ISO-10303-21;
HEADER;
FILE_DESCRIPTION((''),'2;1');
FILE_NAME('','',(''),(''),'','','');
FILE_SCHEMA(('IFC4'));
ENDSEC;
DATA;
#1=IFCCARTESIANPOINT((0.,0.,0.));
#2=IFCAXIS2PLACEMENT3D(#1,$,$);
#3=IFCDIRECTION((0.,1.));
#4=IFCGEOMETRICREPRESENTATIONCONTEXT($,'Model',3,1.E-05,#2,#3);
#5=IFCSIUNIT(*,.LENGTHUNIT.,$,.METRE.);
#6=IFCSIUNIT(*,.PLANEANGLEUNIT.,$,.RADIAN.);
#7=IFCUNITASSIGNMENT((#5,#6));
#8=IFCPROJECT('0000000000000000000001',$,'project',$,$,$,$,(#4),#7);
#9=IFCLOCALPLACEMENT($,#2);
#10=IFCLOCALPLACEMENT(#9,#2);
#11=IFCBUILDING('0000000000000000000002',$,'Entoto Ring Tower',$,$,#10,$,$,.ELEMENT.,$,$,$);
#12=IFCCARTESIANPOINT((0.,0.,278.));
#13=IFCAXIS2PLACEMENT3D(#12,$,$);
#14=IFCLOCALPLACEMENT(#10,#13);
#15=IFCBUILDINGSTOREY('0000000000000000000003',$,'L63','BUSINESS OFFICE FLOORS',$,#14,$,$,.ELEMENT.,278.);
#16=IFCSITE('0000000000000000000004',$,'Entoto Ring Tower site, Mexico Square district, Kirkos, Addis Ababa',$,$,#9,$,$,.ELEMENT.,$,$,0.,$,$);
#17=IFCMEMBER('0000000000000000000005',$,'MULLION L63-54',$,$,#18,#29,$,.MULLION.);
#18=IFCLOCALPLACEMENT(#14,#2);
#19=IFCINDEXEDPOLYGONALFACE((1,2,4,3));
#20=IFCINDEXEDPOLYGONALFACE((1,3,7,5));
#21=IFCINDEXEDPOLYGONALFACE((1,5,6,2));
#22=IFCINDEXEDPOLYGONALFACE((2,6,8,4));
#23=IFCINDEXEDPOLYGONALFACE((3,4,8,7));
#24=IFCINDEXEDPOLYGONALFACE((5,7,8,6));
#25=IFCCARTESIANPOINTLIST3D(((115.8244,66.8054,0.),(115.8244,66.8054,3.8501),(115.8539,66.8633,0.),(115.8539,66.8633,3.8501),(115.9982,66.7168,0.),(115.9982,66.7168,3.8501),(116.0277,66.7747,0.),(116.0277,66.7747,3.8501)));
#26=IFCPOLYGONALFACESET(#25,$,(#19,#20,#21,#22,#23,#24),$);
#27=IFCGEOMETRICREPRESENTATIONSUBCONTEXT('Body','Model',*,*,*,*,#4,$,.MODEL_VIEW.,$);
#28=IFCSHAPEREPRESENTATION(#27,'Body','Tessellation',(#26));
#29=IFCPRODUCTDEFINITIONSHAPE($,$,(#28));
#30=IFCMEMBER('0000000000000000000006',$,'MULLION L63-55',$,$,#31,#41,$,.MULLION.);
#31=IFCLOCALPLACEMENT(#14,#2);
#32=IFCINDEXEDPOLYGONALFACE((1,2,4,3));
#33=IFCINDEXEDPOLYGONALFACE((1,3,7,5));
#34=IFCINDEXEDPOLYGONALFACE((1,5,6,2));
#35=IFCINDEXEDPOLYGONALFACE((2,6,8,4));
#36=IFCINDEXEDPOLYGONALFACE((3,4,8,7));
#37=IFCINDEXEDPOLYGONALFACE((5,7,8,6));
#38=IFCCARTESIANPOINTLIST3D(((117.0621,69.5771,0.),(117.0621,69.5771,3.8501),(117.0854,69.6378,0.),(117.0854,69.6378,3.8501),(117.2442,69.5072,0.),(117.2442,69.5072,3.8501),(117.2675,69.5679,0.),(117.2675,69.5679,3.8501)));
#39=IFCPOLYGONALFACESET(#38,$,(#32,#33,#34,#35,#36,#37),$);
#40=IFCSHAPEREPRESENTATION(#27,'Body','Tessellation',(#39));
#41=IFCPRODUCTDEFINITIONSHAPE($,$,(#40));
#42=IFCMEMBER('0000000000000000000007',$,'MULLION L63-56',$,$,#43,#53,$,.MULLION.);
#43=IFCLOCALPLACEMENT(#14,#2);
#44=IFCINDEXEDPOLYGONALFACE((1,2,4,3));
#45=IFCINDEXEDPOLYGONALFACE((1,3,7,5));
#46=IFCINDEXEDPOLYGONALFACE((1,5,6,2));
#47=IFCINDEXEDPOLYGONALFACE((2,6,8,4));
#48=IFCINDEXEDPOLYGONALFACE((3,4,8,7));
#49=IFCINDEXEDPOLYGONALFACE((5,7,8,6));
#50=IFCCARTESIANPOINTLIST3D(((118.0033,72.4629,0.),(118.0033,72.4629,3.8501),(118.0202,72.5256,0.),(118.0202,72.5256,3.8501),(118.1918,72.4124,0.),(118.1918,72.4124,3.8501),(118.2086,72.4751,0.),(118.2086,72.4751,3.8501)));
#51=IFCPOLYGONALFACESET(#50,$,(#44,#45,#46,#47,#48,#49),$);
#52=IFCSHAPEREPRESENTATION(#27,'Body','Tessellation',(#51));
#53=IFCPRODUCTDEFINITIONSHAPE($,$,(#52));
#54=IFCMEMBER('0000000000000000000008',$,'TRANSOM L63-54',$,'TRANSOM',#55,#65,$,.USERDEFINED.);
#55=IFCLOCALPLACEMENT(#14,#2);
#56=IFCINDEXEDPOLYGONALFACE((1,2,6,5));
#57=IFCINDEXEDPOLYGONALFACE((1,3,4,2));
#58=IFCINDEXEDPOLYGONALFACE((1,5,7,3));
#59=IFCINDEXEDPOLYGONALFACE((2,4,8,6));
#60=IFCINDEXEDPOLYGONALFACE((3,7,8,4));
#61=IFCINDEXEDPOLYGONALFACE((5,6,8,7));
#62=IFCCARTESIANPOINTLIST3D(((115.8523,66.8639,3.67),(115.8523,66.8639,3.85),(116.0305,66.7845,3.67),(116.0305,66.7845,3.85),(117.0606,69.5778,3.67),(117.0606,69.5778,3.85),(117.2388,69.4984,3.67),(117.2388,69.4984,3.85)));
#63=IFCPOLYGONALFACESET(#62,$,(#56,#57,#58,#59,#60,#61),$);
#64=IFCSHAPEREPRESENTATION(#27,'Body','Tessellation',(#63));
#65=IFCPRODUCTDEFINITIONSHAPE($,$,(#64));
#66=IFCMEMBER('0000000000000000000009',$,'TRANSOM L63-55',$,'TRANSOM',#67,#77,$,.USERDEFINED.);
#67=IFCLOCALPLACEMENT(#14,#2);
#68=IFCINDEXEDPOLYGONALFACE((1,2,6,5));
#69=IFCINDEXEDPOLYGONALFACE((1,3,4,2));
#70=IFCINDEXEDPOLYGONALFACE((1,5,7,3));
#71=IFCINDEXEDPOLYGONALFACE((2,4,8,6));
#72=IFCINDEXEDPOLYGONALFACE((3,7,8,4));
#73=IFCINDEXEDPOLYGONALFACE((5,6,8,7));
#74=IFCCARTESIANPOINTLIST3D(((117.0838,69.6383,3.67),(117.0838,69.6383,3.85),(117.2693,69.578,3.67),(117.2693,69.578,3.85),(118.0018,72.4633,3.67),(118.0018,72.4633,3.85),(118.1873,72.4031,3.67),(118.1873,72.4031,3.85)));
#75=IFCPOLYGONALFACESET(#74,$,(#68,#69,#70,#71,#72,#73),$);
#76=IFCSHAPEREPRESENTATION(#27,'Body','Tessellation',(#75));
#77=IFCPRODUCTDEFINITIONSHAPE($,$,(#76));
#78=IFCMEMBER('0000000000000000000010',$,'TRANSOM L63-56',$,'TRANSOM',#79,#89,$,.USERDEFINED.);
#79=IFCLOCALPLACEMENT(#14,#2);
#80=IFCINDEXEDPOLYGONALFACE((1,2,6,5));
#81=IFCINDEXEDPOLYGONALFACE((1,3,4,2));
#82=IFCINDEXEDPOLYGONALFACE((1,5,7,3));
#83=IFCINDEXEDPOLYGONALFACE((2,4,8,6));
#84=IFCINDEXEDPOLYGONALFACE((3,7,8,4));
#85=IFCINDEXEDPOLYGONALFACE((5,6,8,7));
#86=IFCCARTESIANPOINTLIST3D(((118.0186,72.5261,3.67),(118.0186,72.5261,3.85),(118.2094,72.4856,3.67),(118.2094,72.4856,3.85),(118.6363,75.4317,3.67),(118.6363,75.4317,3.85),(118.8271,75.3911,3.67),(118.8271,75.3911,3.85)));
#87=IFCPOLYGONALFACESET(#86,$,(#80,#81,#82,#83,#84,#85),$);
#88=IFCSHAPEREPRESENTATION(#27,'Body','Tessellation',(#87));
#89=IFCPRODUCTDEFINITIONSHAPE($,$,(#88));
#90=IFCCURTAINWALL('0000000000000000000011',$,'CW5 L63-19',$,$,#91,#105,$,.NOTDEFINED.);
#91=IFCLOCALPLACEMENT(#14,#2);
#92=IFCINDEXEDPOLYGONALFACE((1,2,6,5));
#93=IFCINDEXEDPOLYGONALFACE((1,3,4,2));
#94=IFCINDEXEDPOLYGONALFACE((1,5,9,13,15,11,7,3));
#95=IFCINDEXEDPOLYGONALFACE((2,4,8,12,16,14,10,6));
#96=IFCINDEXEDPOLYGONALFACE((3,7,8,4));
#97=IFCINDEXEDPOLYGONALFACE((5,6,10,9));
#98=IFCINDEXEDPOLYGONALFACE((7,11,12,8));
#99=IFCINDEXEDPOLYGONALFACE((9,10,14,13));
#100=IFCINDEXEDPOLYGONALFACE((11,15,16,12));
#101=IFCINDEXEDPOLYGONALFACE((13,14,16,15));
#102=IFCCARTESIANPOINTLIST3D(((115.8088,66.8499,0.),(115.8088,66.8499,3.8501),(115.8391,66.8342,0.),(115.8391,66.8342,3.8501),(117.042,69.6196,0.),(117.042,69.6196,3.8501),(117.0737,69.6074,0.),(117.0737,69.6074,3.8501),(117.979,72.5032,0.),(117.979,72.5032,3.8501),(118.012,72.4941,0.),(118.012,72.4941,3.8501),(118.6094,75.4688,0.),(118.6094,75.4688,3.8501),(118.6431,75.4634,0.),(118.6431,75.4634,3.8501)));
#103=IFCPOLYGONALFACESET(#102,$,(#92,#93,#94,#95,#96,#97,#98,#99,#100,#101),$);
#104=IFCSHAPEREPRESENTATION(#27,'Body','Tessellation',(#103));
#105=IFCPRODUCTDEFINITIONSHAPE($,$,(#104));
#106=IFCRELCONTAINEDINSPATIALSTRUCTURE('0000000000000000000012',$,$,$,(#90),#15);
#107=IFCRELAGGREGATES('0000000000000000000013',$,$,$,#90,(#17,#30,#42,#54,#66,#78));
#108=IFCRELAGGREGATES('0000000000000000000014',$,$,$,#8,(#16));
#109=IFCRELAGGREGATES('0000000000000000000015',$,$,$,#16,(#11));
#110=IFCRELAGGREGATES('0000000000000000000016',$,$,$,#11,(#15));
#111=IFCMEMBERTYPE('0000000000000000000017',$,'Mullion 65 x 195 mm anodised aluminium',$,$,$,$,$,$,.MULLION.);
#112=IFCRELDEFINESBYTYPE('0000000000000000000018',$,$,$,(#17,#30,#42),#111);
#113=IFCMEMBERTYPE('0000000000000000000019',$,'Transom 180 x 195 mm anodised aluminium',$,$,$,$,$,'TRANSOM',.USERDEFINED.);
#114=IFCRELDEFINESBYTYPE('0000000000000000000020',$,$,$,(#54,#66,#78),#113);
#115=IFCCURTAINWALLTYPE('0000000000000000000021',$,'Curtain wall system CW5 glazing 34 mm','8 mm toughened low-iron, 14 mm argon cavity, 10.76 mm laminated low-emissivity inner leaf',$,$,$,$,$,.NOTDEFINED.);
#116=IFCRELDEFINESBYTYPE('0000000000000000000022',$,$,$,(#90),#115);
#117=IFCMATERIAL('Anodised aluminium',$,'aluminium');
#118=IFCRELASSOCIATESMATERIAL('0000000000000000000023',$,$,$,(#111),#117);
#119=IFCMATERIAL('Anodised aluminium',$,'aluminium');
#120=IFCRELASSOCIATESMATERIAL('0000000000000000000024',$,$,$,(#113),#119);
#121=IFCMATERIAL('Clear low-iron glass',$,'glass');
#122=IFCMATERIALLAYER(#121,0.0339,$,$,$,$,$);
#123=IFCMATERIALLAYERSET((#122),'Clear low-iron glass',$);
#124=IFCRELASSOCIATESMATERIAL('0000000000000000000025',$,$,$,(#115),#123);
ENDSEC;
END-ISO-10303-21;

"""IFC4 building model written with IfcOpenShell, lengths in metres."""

from ifc_helpers import new_model, si_unit, direction, frame, origin, origin_2d, place, context, subcontext, project, spatial, polyline, rectangle, outline, extrude, material, layer, layer_set, material_profile, profile_set, type_object, element, aggregate, save


model = new_model("IFC4")

# Units and contexts
model_context = context("Model", 3, precision=1e-05, world=origin(), true_north=direction((0.0, 1.0)))
body_context = subcontext(model_context, "Body", "Model", "MODEL_VIEW")
ifc_project = project(units=[si_unit("LENGTHUNIT", "METRE"), si_unit("PLANEANGLEUNIT", "RADIAN")], contexts=[model_context])

# Members
ifc_material_1 = material(Name="Anodised aluminium", Category="aluminium")
ifc_material_profile_1 = material_profile(ifc_material_1, rectangle(XDim=0.0649, YDim=0.1951, at=origin_2d()), Name="Mullion 65 x 195 mm anodised aluminium")
ifc_profile_set_1 = profile_set([ifc_material_profile_1], Name="Anodised aluminium")
member_type_1 = type_object("IfcMemberType", Name="Mullion 65 x 195 mm anodised aluminium", PredefinedType="MULLION", material=ifc_profile_set_1)
site_placement = place(None, origin())
building_placement = place(site_placement, origin())
storey_placement = place(building_placement, frame((0.0, 0.0, 278.0)))
member_1_placement = place(storey_placement, frame((115.926, 66.79, 0.0), z_axis=(0.0, 0.0, 1.0), x_axis=(0.45399, 0.891007, 0.0)))
member_1 = element("IfcMember", 1, at=member_1_placement, type_object=member_type_1, Name="MULLION L63-54", PredefinedType="MULLION", context=body_context, shape_type="SweptSolid", body=[
    extrude(rectangle(XDim=0.0649, YDim=0.1951, at=origin_2d()), origin(), (0.0, 0.0, 1.0), 3.8501),
])
member_2_placement = place(storey_placement, frame((117.1648, 69.5725, 0.0), z_axis=(0.0, 0.0, 1.0), x_axis=(0.358368, 0.93358, 0.0)))
member_2 = element("IfcMember", 2, at=member_2_placement, type_object=member_type_1, Name="MULLION L63-55", PredefinedType="MULLION", context=body_context, shape_type="SweptSolid", body=[
    extrude(rectangle(XDim=0.0649, YDim=0.1951, at=origin_2d()), origin(), (0.0, 0.0, 1.0), 3.8501),
])
member_3_placement = place(storey_placement, frame((118.106, 72.469, 0.0), z_axis=(0.0, 0.0, 1.0), x_axis=(0.258819, 0.965926, 0.0)))
member_3 = element("IfcMember", 3, at=member_3_placement, type_object=member_type_1, Name="MULLION L63-56", PredefinedType="MULLION", context=body_context, shape_type="SweptSolid", body=[
    extrude(rectangle(XDim=0.0649, YDim=0.1951, at=origin_2d()), origin(), (0.0, 0.0, 1.0), 3.8501),
])
ifc_material_2 = material(Name="Anodised aluminium", Category="aluminium")
ifc_material_profile_2 = material_profile(ifc_material_2, rectangle(XDim=0.1951, YDim=0.1799, at=origin_2d()), Name="Transom 180 x 195 mm anodised aluminium")
ifc_profile_set_2 = profile_set([ifc_material_profile_2], Name="Anodised aluminium")
member_type_2 = type_object("IfcMemberType", Name="Transom 180 x 195 mm anodised aluminium", ElementType="TRANSOM", PredefinedType="USERDEFINED", material=ifc_profile_set_2)
member_4_placement = place(storey_placement, frame((115.9414, 66.8242, 3.76), z_axis=(0.406726, 0.91355, 0.0), x_axis=(-0.91355, 0.406726, 0.0)))
member_4 = element("IfcMember", 4, at=member_4_placement, type_object=member_type_2, Name="TRANSOM L63-54", ObjectType="TRANSOM", PredefinedType="USERDEFINED", context=body_context, shape_type="SweptSolid", body=[
    extrude(rectangle(XDim=0.1951, YDim=0.1799, at=origin_2d()), origin(), (0.0, 0.0, 1.0), 2.9707),
])
member_5_placement = place(storey_placement, frame((117.1765, 69.6082, 3.76), z_axis=(0.309043, 0.951048, 0.0), x_axis=(-0.951048, 0.309043, 0.0)))
member_5 = element("IfcMember", 5, at=member_5_placement, type_object=member_type_2, Name="TRANSOM L63-55", ObjectType="TRANSOM", PredefinedType="USERDEFINED", context=body_context, shape_type="SweptSolid", body=[
    extrude(rectangle(XDim=0.1951, YDim=0.1799, at=origin_2d()), origin(), (0.0, 0.0, 1.0), 2.9705),
])
member_6_placement = place(storey_placement, frame((118.114, 72.5059, 3.76), z_axis=(0.20794, 0.978142, 0.0), x_axis=(-0.978142, 0.20794, 0.0)))
member_6 = element("IfcMember", 6, at=member_6_placement, type_object=member_type_2, Name="TRANSOM L63-56", ObjectType="TRANSOM", PredefinedType="USERDEFINED", context=body_context, shape_type="SweptSolid", body=[
    extrude(rectangle(XDim=0.1951, YDim=0.1799, at=origin_2d()), origin(), (0.0, 0.0, 1.0), 2.9705),
])

# Site, building, storey
site = spatial("IfcSite", under=ifc_project, at=site_placement, Name="Entoto Ring Tower site, Mexico Square district, Kirkos, Addis Ababa", CompositionType="ELEMENT", RefElevation=0.0)
building = spatial("IfcBuilding", under=site, at=building_placement, Name="Entoto Ring Tower", CompositionType="ELEMENT")
storey = spatial("IfcBuildingStorey", under=building, at=storey_placement, Name="L63", Description="BUSINESS OFFICE FLOORS", CompositionType="ELEMENT", Elevation=278.0)

# Curtain wall
ifc_material_3 = material(Name="Clear low-iron glass", Category="glass")
ifc_layer_1 = layer(ifc_material_3, 0.0339)
ifc_layer_set_1 = layer_set([ifc_layer_1], Name="Clear low-iron glass")
curtain_wall_type = type_object("IfcCurtainWallType", Name="Curtain wall system CW5 glazing 34 mm", Description="8 mm toughened low-iron, 14 mm argon cavity, 10.76 mm laminated low-emissivity inner leaf", PredefinedType="NOTDEFINED", material=ifc_layer_set_1)
curtain_wall_1_placement = place(storey_placement, origin())
curtain_wall_1 = element("IfcCurtainWall", 7, at=curtain_wall_1_placement, inside=storey, type_object=curtain_wall_type, Name="CW5 L63-19", PredefinedType="NOTDEFINED", context=body_context, shape_type="SweptSolid", body=[
    extrude(outline(polyline([(115.8391, 66.8342), (117.0737, 69.6074), (118.012, 72.4941), (118.6431, 75.4634), (118.6094, 75.4688), (117.979, 72.5032), (117.042, 69.6196), (115.8088, 66.8499), (115.8391, 66.8342)])), origin(), (0.0, 0.0, 1.0), 3.8501),
])
aggregate(curtain_wall_1, [member_1, member_2, member_3, member_4, member_5, member_6])

save(model, "model.ifc")
